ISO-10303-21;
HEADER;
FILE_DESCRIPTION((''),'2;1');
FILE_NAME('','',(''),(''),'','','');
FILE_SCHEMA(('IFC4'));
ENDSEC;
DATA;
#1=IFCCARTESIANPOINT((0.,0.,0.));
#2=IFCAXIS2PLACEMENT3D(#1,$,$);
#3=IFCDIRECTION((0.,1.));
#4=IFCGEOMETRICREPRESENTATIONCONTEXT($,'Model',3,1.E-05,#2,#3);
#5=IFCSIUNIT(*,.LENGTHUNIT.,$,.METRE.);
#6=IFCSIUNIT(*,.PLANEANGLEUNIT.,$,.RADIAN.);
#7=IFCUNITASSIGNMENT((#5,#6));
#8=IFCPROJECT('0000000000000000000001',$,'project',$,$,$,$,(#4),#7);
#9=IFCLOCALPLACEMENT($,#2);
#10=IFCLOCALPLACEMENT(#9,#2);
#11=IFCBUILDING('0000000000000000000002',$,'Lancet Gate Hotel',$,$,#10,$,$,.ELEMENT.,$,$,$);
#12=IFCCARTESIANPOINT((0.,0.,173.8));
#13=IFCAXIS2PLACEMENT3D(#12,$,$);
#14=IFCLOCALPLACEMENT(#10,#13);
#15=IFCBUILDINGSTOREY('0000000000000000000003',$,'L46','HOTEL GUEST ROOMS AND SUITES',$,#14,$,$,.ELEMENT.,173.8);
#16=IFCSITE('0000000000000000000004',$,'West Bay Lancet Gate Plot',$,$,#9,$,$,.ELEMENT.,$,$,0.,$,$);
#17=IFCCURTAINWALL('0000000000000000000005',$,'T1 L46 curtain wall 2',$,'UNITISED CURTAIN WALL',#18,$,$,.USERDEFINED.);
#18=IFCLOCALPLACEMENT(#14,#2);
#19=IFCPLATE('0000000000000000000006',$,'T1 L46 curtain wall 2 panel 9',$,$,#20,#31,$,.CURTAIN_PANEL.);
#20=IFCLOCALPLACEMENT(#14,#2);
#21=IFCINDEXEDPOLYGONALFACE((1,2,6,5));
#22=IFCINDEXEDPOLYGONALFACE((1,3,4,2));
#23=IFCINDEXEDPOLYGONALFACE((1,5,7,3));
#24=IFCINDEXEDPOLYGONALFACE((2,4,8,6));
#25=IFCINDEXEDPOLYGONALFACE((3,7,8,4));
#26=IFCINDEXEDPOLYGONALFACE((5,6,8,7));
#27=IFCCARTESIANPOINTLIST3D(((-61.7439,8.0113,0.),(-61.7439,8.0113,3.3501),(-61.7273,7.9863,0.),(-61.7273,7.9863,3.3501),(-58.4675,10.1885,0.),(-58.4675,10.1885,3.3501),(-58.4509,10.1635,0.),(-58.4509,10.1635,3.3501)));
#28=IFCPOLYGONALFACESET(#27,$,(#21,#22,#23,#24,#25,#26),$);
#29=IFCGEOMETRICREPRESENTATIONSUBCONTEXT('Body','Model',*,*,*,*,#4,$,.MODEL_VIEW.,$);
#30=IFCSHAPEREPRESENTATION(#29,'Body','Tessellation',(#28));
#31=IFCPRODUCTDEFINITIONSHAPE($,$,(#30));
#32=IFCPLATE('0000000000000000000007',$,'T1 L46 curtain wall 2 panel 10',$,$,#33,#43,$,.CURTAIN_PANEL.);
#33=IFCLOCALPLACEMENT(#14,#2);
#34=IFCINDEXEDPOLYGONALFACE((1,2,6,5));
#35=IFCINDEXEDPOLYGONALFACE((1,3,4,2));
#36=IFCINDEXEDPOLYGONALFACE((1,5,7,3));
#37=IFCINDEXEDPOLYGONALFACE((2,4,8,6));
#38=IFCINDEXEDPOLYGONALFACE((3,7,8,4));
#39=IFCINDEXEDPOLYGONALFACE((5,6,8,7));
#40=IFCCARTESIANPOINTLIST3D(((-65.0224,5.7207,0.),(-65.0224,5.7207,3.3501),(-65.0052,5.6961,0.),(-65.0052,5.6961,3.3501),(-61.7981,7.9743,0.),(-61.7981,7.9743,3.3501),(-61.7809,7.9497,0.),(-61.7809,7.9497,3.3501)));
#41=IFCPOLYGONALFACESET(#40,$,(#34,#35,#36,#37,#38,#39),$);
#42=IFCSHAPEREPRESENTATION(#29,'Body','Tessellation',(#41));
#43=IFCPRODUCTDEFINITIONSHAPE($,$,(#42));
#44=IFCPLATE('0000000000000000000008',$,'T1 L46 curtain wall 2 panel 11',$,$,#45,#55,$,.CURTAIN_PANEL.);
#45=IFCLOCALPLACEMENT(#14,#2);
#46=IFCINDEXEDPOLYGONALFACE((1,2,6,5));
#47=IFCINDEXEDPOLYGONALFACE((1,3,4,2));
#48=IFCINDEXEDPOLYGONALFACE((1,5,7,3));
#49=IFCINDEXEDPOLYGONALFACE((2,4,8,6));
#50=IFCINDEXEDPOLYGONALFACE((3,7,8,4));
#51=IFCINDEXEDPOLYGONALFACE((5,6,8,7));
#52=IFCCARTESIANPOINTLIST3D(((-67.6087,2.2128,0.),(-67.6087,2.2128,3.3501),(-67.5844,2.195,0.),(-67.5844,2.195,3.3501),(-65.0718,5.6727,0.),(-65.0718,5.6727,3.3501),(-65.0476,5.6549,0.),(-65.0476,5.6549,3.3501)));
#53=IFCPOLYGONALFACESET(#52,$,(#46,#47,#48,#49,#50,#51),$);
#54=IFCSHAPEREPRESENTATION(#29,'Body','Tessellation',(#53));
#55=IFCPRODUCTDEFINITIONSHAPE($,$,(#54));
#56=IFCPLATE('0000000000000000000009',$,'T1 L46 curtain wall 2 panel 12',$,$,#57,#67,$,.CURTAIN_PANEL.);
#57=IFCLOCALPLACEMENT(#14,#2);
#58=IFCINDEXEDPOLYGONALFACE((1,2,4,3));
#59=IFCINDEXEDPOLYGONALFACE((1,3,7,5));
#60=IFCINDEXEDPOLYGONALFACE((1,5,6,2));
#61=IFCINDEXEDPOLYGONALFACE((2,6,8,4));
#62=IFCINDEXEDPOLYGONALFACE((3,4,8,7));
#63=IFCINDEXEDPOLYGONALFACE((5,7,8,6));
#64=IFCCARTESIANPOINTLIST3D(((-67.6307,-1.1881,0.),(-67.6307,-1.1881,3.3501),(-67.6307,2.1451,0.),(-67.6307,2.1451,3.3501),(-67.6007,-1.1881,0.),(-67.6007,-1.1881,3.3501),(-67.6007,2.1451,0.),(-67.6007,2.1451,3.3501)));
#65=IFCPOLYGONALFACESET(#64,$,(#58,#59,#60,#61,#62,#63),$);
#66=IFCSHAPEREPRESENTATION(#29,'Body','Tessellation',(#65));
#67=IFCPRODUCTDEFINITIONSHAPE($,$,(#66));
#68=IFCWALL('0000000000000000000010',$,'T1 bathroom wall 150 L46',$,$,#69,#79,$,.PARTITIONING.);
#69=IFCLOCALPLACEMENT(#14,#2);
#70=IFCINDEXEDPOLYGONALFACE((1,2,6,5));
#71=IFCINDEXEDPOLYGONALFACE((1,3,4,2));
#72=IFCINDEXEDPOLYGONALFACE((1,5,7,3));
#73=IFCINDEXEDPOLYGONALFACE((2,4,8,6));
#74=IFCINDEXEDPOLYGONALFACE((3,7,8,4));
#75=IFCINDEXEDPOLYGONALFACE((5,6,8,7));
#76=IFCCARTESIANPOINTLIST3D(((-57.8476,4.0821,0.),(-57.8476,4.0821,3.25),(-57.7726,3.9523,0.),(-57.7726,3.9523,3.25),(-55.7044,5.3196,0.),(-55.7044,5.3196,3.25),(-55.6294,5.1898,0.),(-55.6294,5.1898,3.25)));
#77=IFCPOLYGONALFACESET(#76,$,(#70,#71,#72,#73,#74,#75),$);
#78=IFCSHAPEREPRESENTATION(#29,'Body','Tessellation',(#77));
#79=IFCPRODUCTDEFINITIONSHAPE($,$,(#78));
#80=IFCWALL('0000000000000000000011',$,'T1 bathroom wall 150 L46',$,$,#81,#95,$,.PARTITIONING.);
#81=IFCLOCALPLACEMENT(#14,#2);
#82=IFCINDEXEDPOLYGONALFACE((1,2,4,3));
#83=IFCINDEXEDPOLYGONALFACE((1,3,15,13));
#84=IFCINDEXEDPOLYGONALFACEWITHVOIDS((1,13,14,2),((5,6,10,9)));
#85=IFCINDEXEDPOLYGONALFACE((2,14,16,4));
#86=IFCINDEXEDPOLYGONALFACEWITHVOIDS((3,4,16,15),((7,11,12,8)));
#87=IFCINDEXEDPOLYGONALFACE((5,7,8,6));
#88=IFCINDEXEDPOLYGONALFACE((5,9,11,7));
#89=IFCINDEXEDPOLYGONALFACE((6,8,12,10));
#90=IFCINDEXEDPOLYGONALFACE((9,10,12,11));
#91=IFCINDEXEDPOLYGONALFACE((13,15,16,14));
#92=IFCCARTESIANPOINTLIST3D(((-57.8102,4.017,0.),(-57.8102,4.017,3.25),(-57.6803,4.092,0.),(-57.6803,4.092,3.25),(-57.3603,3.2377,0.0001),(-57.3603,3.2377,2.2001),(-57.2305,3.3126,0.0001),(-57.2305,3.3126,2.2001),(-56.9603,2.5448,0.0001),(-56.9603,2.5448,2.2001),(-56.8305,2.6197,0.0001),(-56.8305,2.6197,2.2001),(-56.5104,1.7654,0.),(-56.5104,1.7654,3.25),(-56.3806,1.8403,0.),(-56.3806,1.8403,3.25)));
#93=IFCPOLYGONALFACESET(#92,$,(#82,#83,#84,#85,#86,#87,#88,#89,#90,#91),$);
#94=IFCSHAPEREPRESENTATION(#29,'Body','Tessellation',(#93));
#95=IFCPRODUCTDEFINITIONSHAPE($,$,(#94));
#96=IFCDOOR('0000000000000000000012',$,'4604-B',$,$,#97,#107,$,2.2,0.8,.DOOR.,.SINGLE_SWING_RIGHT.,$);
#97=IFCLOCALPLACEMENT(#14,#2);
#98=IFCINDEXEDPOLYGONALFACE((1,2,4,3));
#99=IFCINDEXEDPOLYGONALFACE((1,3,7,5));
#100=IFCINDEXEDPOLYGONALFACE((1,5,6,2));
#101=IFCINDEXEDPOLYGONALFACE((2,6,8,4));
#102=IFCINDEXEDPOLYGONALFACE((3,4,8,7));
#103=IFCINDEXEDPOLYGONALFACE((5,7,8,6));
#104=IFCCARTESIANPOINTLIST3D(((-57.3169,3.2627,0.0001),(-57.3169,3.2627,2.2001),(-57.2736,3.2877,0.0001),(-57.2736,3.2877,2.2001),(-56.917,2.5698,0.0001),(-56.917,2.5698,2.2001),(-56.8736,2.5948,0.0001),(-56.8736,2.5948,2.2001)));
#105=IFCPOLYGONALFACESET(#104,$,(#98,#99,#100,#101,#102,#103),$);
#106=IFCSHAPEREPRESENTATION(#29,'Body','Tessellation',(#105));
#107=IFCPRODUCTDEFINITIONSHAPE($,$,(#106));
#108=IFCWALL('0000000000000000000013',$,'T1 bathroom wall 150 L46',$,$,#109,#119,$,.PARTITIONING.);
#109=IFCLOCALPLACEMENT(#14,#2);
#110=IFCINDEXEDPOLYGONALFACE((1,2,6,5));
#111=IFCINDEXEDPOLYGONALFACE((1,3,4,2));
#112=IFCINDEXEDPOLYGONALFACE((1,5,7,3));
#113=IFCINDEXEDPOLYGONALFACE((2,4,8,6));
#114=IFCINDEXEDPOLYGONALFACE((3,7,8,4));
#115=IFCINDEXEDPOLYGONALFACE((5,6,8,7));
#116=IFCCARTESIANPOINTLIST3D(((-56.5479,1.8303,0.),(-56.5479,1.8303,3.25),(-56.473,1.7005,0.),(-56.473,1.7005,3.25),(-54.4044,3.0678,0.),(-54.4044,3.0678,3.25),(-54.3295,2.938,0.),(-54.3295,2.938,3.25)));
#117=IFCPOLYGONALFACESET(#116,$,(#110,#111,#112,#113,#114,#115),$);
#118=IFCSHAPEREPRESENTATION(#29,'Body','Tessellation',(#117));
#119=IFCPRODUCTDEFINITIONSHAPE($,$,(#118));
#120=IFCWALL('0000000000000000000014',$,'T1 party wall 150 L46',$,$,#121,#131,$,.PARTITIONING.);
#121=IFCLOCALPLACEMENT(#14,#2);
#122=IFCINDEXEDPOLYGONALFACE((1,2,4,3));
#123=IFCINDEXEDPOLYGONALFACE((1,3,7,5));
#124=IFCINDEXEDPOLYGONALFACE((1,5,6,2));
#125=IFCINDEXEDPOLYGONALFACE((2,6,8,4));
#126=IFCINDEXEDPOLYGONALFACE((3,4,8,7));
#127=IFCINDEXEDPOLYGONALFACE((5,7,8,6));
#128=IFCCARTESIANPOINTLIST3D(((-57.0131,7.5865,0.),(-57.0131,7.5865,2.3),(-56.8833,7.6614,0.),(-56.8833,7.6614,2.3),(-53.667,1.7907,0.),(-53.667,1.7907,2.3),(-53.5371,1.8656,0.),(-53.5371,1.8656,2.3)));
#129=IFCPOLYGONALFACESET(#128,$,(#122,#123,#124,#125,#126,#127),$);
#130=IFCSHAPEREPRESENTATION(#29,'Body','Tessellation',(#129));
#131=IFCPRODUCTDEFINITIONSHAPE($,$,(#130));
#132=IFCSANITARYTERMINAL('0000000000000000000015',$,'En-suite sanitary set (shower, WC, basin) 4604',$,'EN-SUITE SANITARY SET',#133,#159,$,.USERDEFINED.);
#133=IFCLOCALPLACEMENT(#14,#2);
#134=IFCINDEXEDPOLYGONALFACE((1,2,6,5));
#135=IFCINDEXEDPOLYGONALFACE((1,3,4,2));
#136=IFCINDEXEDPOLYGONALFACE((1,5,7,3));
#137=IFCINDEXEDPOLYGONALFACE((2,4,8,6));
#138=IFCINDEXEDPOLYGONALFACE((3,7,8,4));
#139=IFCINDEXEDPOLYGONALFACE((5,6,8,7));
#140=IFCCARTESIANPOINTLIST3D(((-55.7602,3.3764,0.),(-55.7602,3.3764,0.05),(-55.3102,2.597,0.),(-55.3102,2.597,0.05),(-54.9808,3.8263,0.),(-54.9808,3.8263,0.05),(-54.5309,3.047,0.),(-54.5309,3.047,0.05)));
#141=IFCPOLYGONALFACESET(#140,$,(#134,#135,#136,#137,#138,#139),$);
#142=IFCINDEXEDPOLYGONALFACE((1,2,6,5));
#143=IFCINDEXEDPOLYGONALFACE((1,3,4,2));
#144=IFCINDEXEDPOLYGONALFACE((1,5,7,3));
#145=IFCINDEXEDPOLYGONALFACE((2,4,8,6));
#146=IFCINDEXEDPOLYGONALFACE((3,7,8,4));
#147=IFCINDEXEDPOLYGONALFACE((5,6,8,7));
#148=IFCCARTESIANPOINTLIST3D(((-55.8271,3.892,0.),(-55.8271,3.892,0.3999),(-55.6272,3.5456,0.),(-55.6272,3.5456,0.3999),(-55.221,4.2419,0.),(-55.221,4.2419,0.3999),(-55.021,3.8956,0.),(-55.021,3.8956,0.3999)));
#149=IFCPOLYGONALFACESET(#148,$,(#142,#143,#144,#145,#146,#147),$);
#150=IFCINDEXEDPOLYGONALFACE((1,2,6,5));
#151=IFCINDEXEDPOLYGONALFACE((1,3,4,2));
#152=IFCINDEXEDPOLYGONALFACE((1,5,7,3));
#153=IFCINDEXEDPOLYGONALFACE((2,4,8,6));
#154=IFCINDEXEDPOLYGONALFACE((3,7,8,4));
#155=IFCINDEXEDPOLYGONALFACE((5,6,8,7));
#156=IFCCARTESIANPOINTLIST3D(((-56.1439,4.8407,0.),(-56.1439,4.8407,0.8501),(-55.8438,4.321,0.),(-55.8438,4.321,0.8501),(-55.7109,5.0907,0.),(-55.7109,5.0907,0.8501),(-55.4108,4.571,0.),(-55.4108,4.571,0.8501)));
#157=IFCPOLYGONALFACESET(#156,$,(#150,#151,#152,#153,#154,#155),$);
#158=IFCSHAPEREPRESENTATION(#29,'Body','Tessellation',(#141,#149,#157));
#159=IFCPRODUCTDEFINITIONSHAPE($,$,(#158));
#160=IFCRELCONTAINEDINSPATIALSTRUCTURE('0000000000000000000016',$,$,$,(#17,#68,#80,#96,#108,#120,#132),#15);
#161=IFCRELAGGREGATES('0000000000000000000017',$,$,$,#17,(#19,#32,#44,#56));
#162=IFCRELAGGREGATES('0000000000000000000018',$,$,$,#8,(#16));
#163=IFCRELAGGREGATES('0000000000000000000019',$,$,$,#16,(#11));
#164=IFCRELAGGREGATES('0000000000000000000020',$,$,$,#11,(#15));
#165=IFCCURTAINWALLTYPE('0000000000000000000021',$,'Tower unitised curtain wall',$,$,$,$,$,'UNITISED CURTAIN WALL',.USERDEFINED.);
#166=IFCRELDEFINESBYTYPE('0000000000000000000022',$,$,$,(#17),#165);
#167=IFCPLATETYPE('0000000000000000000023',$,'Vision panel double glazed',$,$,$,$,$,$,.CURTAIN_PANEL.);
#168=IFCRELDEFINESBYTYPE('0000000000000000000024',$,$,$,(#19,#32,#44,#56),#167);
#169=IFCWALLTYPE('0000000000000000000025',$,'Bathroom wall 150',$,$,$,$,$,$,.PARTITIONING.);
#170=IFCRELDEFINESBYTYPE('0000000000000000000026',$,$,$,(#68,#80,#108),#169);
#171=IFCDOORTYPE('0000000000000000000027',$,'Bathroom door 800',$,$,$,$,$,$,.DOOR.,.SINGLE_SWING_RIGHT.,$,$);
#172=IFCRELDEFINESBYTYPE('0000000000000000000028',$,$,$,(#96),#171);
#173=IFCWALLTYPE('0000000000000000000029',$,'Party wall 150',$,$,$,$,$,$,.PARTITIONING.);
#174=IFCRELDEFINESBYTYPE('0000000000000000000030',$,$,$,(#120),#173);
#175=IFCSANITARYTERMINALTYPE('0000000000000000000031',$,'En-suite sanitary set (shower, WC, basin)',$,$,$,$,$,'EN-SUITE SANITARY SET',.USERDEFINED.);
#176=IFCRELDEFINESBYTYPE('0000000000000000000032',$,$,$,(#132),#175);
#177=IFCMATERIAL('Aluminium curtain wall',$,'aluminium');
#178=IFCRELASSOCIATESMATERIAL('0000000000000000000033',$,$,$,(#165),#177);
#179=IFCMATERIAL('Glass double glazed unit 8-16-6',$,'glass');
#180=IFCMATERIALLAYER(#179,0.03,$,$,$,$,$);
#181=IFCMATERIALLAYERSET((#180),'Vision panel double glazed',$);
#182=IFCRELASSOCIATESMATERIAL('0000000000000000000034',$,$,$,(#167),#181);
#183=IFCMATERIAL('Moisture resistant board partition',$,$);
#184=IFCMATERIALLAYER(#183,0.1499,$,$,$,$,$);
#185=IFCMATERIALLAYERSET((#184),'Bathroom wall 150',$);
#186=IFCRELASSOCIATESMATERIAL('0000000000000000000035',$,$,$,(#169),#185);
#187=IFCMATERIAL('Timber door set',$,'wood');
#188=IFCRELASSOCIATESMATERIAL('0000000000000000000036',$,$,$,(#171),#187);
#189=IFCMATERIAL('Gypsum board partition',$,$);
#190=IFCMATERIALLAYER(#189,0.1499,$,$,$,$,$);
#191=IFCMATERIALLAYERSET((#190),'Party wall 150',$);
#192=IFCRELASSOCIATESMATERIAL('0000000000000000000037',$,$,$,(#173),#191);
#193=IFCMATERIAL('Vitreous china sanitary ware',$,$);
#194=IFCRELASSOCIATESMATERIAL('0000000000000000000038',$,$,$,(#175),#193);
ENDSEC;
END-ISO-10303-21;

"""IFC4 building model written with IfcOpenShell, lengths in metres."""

from ifc_helpers import new_model, si_unit, direction, frame, frame_2d, origin, origin_2d, place, context, subcontext, project, spatial, rectangle, extrude, material, layer, layer_set, type_object, element, fill, aggregate, save


model = new_model("IFC4")

# Units and contexts
model_context = context("Model", 3, precision=1e-05, world=origin(), true_north=direction((0.0, 1.0)))
body_context = subcontext(model_context, "Body", "Model", "MODEL_VIEW")
ifc_project = project(units=[si_unit("LENGTHUNIT", "METRE"), si_unit("PLANEANGLEUNIT", "RADIAN")], contexts=[model_context])

# Site, building, storey
site_placement = place(None, origin())
site = spatial("IfcSite", under=ifc_project, at=site_placement, Name="West Bay Lancet Gate Plot", CompositionType="ELEMENT", RefElevation=0.0)
building_placement = place(site_placement, origin())
building = spatial("IfcBuilding", under=site, at=building_placement, Name="Lancet Gate Hotel", CompositionType="ELEMENT")
storey_placement = place(building_placement, frame((0.0, 0.0, 173.8)))
storey = spatial("IfcBuildingStorey", under=building, at=storey_placement, Name="L46", Description="HOTEL GUEST ROOMS AND SUITES", CompositionType="ELEMENT", Elevation=173.8)

# Curtain wall
ifc_material_1 = material(Name="Aluminium curtain wall", Category="aluminium")
curtain_wall_type = type_object("IfcCurtainWallType", Name="Tower unitised curtain wall", ElementType="UNITISED CURTAIN WALL", PredefinedType="USERDEFINED", material=ifc_material_1)
curtain_wall_placement = place(storey_placement, origin())
curtain_wall = element("IfcCurtainWall", 1, at=curtain_wall_placement, inside=storey, type_object=curtain_wall_type, Name="T1 L46 curtain wall 2", ObjectType="UNITISED CURTAIN WALL", PredefinedType="USERDEFINED")

# Plates
ifc_material_2 = material(Name="Glass double glazed unit 8-16-6", Category="glass")
ifc_layer_1 = layer(ifc_material_2, 0.03)
ifc_layer_set_1 = layer_set([ifc_layer_1], Name="Vision panel double glazed")
plate_type = type_object("IfcPlateType", Name="Vision panel double glazed", PredefinedType="CURTAIN_PANEL", material=ifc_layer_set_1)
plate_1_placement = place(storey_placement, frame((-60.0974, 9.0874, 0.0), z_axis=(0.0, 0.0, 1.0), x_axis=(-0.832879, -0.553455, 0.0)))
plate_1 = element("IfcPlate", 2, at=plate_1_placement, type_object=plate_type, Name="T1 L46 curtain wall 2 panel 9", PredefinedType="CURTAIN_PANEL", context=body_context, shape_type="SweptSolid", body=[
    extrude(rectangle(XDim=3.9338, YDim=0.03, at=origin_2d()), origin(), (0.0, 0.0, 1.0), 3.3501),
])
plate_2_placement = place(storey_placement, frame((-63.4016, 6.8352, 0.0), z_axis=(0.0, 0.0, 1.0), x_axis=(-0.819631, -0.572892, 0.0)))
plate_2 = element("IfcPlate", 3, at=plate_2_placement, type_object=plate_type, Name="T1 L46 curtain wall 2 panel 10", PredefinedType="CURTAIN_PANEL", context=body_context, shape_type="SweptSolid", body=[
    extrude(rectangle(XDim=3.9338, YDim=0.03, at=origin_2d()), origin(), (0.0, 0.0, 1.0), 3.3501),
])
plate_3_placement = place(storey_placement, frame((-66.3281, 3.9338, 0.0), z_axis=(0.0, 0.0, 1.0), x_axis=(-0.5913, -0.806452, 0.0)))
plate_3 = element("IfcPlate", 4, at=plate_3_placement, type_object=plate_type, Name="T1 L46 curtain wall 2 panel 11", PredefinedType="CURTAIN_PANEL", context=body_context, shape_type="SweptSolid", body=[
    extrude(rectangle(XDim=4.2903, YDim=0.03, at=origin_2d()), origin(), (0.0, 0.0, 1.0), 3.3501),
])
plate_4_placement = place(storey_placement, frame((-67.6157, 0.4785, 0.0), z_axis=(0.0, 0.0, 1.0), x_axis=(0.0, -1.0, 0.0)))
plate_4 = element("IfcPlate", 5, at=plate_4_placement, type_object=plate_type, Name="T1 L46 curtain wall 2 panel 12", PredefinedType="CURTAIN_PANEL", context=body_context, shape_type="SweptSolid", body=[
    extrude(rectangle(XDim=3.3333, YDim=0.03, at=origin_2d()), origin(), (0.0, 0.0, 1.0), 3.3501),
])
aggregate(curtain_wall, [plate_1, plate_2, plate_3, plate_4])

# Wall
ifc_material_3 = material(Name="Moisture resistant board partition")
ifc_layer_2 = layer(ifc_material_3, 0.1499)
ifc_layer_set_2 = layer_set([ifc_layer_2], Name="Bathroom wall 150")
wall_type_1 = type_object("IfcWallType", Name="Bathroom wall 150", PredefinedType="PARTITIONING", material=ifc_layer_set_2)
wall_1_placement = place(storey_placement, frame((-55.667, 5.2546, 0.0), z_axis=(0.0, 0.0, 1.0), x_axis=(-0.866007, -0.500033, 0.0)))
element("IfcWall", 6, at=wall_1_placement, inside=storey, type_object=wall_type_1, Name="T1 bathroom wall 150 L46", PredefinedType="PARTITIONING", context=body_context, shape_type="SweptSolid", body=[
    extrude(rectangle(XDim=2.4749, YDim=0.1499, at=frame_2d((1.2373, 0.0))), origin(), (0.0, 0.0, 1.0), 3.25),
])

# Wall, opening, door
wall_2_placement = place(storey_placement, frame((-56.4456, 1.803, 0.0), z_axis=(0.0, 0.0, 1.0), x_axis=(-0.499937, 0.866062, 0.0)))
wall_2 = element("IfcWall", 7, at=wall_2_placement, inside=storey, type_object=wall_type_1, Name="T1 bathroom wall 150 L46", PredefinedType="PARTITIONING", context=body_context, shape_type="SweptSolid", body=[
    extrude(rectangle(XDim=2.5999, YDim=0.1499, at=frame_2d((1.2998, 0.0))), origin(), (0.0, 0.0, 1.0), 3.25),
])
opening_placement = place(wall_2_placement, frame((0.8999, 0.0, 0.0)))
opening = element("IfcOpeningElement", 8, at=opening_placement, cuts=wall_2, PredefinedType="OPENING", context=body_context, shape_type="SweptSolid", body=[
    extrude(rectangle(XDim=0.8, YDim=2.2, at=frame_2d((0.3999, 1.1001))), frame((0.0, 0.085, 0.0), z_axis=(0.0, -1.0, 0.0), x_axis=(1.0, 0.0, 0.0)), (0.0, 0.0, 1.0), 0.1699),
])
ifc_material_4 = material(Name="Timber door set", Category="wood")
door_type = type_object("IfcDoorType", Name="Bathroom door 800", OperationType="SINGLE_SWING_RIGHT", PredefinedType="DOOR", material=ifc_material_4)
door_placement = place(opening_placement, origin())
door = element("IfcDoor", 9, at=door_placement, inside=storey, type_object=door_type, Name="4604-B", OperationType="SINGLE_SWING_RIGHT", OverallHeight=2.2, OverallWidth=0.8, PredefinedType="DOOR", context=body_context, shape_type="SweptSolid", body=[
    extrude(rectangle(XDim=0.8, YDim=2.2, at=frame_2d((0.3999, 1.1001))), frame((0.0, 0.0249, 0.0), z_axis=(0.0, -1.0, 0.0), x_axis=(1.0, 0.0, 0.0)), (0.0, 0.0, 1.0), 0.05),
])
fill(opening, door)

# Walls
wall_3_placement = place(storey_placement, frame((-54.3669, 3.0029, 0.0), z_axis=(0.0, 0.0, 1.0), x_axis=(-0.866031, -0.49999, 0.0)))
element("IfcWall", 10, at=wall_3_placement, inside=storey, type_object=wall_type_1, Name="T1 bathroom wall 150 L46", PredefinedType="PARTITIONING", context=body_context, shape_type="SweptSolid", body=[
    extrude(rectangle(XDim=2.4751, YDim=0.1499, at=frame_2d((1.2375, 0.0))), origin(), (0.0, 0.0, 1.0), 3.25),
])
ifc_material_5 = material(Name="Gypsum board partition")
ifc_layer_3 = layer(ifc_material_5, 0.1499)
ifc_layer_set_3 = layer_set([ifc_layer_3], Name="Party wall 150")
wall_type_2 = type_object("IfcWallType", Name="Party wall 150", PredefinedType="PARTITIONING", material=ifc_layer_set_3)
wall_4_placement = place(storey_placement, frame((-53.6021, 1.8281, 0.0), z_axis=(0.0, 0.0, 1.0), x_axis=(-0.499992, 0.86603, 0.0)))
element("IfcWall", 11, at=wall_4_placement, inside=storey, type_object=wall_type_2, Name="T1 party wall 150 L46", PredefinedType="PARTITIONING", context=body_context, shape_type="SweptSolid", body=[
    extrude(rectangle(XDim=6.6924, YDim=0.1499, at=frame_2d((3.3462, 0.0))), origin(), (0.0, 0.0, 1.0), 2.3),
])

# Sanitary terminal
ifc_material_6 = material(Name="Vitreous china sanitary ware")
sanitary_terminal_type = type_object("IfcSanitaryTerminalType", Name="En-suite sanitary set (shower, WC, basin)", ElementType="EN-SUITE SANITARY SET", PredefinedType="USERDEFINED", material=ifc_material_6)
sanitary_terminal_placement = place(storey_placement, frame((-55.1455, 3.2117, 0.0), z_axis=(0.0, 0.0, 1.0), x_axis=(1.0, 0.0, 0.0)))
element("IfcSanitaryTerminal", 12, at=sanitary_terminal_placement, inside=storey, type_object=sanitary_terminal_type, Name="En-suite sanitary set (shower, WC, basin) 4604", ObjectType="EN-SUITE SANITARY SET", PredefinedType="USERDEFINED", context=body_context, shape_type="SweptSolid", body=[
    extrude(rectangle(XDim=0.8999, YDim=0.8999, at=origin_2d()), frame((0.0, 0.0, 0.0), z_axis=(0.0, 0.0, 1.0), x_axis=(0.5, -0.866025, 0.0)), (0.0, 0.0, 1.0), 0.05),
    extrude(rectangle(XDim=0.3999, YDim=0.7, at=origin_2d()), frame((-0.2786, 0.6821, 0.0), z_axis=(0.0, 0.0, 1.0), x_axis=(0.5, -0.866025, 0.0)), (0.0, 0.0, 1.0), 0.3999),
    extrude(rectangle(XDim=0.6001, YDim=0.5, at=origin_2d()), frame((-0.6318, 1.4941, 0.0), z_axis=(0.0, 0.0, 1.0), x_axis=(0.5, -0.866025, 0.0)), (0.0, 0.0, 1.0), 0.8501),
])

save(model, "model.ifc")
